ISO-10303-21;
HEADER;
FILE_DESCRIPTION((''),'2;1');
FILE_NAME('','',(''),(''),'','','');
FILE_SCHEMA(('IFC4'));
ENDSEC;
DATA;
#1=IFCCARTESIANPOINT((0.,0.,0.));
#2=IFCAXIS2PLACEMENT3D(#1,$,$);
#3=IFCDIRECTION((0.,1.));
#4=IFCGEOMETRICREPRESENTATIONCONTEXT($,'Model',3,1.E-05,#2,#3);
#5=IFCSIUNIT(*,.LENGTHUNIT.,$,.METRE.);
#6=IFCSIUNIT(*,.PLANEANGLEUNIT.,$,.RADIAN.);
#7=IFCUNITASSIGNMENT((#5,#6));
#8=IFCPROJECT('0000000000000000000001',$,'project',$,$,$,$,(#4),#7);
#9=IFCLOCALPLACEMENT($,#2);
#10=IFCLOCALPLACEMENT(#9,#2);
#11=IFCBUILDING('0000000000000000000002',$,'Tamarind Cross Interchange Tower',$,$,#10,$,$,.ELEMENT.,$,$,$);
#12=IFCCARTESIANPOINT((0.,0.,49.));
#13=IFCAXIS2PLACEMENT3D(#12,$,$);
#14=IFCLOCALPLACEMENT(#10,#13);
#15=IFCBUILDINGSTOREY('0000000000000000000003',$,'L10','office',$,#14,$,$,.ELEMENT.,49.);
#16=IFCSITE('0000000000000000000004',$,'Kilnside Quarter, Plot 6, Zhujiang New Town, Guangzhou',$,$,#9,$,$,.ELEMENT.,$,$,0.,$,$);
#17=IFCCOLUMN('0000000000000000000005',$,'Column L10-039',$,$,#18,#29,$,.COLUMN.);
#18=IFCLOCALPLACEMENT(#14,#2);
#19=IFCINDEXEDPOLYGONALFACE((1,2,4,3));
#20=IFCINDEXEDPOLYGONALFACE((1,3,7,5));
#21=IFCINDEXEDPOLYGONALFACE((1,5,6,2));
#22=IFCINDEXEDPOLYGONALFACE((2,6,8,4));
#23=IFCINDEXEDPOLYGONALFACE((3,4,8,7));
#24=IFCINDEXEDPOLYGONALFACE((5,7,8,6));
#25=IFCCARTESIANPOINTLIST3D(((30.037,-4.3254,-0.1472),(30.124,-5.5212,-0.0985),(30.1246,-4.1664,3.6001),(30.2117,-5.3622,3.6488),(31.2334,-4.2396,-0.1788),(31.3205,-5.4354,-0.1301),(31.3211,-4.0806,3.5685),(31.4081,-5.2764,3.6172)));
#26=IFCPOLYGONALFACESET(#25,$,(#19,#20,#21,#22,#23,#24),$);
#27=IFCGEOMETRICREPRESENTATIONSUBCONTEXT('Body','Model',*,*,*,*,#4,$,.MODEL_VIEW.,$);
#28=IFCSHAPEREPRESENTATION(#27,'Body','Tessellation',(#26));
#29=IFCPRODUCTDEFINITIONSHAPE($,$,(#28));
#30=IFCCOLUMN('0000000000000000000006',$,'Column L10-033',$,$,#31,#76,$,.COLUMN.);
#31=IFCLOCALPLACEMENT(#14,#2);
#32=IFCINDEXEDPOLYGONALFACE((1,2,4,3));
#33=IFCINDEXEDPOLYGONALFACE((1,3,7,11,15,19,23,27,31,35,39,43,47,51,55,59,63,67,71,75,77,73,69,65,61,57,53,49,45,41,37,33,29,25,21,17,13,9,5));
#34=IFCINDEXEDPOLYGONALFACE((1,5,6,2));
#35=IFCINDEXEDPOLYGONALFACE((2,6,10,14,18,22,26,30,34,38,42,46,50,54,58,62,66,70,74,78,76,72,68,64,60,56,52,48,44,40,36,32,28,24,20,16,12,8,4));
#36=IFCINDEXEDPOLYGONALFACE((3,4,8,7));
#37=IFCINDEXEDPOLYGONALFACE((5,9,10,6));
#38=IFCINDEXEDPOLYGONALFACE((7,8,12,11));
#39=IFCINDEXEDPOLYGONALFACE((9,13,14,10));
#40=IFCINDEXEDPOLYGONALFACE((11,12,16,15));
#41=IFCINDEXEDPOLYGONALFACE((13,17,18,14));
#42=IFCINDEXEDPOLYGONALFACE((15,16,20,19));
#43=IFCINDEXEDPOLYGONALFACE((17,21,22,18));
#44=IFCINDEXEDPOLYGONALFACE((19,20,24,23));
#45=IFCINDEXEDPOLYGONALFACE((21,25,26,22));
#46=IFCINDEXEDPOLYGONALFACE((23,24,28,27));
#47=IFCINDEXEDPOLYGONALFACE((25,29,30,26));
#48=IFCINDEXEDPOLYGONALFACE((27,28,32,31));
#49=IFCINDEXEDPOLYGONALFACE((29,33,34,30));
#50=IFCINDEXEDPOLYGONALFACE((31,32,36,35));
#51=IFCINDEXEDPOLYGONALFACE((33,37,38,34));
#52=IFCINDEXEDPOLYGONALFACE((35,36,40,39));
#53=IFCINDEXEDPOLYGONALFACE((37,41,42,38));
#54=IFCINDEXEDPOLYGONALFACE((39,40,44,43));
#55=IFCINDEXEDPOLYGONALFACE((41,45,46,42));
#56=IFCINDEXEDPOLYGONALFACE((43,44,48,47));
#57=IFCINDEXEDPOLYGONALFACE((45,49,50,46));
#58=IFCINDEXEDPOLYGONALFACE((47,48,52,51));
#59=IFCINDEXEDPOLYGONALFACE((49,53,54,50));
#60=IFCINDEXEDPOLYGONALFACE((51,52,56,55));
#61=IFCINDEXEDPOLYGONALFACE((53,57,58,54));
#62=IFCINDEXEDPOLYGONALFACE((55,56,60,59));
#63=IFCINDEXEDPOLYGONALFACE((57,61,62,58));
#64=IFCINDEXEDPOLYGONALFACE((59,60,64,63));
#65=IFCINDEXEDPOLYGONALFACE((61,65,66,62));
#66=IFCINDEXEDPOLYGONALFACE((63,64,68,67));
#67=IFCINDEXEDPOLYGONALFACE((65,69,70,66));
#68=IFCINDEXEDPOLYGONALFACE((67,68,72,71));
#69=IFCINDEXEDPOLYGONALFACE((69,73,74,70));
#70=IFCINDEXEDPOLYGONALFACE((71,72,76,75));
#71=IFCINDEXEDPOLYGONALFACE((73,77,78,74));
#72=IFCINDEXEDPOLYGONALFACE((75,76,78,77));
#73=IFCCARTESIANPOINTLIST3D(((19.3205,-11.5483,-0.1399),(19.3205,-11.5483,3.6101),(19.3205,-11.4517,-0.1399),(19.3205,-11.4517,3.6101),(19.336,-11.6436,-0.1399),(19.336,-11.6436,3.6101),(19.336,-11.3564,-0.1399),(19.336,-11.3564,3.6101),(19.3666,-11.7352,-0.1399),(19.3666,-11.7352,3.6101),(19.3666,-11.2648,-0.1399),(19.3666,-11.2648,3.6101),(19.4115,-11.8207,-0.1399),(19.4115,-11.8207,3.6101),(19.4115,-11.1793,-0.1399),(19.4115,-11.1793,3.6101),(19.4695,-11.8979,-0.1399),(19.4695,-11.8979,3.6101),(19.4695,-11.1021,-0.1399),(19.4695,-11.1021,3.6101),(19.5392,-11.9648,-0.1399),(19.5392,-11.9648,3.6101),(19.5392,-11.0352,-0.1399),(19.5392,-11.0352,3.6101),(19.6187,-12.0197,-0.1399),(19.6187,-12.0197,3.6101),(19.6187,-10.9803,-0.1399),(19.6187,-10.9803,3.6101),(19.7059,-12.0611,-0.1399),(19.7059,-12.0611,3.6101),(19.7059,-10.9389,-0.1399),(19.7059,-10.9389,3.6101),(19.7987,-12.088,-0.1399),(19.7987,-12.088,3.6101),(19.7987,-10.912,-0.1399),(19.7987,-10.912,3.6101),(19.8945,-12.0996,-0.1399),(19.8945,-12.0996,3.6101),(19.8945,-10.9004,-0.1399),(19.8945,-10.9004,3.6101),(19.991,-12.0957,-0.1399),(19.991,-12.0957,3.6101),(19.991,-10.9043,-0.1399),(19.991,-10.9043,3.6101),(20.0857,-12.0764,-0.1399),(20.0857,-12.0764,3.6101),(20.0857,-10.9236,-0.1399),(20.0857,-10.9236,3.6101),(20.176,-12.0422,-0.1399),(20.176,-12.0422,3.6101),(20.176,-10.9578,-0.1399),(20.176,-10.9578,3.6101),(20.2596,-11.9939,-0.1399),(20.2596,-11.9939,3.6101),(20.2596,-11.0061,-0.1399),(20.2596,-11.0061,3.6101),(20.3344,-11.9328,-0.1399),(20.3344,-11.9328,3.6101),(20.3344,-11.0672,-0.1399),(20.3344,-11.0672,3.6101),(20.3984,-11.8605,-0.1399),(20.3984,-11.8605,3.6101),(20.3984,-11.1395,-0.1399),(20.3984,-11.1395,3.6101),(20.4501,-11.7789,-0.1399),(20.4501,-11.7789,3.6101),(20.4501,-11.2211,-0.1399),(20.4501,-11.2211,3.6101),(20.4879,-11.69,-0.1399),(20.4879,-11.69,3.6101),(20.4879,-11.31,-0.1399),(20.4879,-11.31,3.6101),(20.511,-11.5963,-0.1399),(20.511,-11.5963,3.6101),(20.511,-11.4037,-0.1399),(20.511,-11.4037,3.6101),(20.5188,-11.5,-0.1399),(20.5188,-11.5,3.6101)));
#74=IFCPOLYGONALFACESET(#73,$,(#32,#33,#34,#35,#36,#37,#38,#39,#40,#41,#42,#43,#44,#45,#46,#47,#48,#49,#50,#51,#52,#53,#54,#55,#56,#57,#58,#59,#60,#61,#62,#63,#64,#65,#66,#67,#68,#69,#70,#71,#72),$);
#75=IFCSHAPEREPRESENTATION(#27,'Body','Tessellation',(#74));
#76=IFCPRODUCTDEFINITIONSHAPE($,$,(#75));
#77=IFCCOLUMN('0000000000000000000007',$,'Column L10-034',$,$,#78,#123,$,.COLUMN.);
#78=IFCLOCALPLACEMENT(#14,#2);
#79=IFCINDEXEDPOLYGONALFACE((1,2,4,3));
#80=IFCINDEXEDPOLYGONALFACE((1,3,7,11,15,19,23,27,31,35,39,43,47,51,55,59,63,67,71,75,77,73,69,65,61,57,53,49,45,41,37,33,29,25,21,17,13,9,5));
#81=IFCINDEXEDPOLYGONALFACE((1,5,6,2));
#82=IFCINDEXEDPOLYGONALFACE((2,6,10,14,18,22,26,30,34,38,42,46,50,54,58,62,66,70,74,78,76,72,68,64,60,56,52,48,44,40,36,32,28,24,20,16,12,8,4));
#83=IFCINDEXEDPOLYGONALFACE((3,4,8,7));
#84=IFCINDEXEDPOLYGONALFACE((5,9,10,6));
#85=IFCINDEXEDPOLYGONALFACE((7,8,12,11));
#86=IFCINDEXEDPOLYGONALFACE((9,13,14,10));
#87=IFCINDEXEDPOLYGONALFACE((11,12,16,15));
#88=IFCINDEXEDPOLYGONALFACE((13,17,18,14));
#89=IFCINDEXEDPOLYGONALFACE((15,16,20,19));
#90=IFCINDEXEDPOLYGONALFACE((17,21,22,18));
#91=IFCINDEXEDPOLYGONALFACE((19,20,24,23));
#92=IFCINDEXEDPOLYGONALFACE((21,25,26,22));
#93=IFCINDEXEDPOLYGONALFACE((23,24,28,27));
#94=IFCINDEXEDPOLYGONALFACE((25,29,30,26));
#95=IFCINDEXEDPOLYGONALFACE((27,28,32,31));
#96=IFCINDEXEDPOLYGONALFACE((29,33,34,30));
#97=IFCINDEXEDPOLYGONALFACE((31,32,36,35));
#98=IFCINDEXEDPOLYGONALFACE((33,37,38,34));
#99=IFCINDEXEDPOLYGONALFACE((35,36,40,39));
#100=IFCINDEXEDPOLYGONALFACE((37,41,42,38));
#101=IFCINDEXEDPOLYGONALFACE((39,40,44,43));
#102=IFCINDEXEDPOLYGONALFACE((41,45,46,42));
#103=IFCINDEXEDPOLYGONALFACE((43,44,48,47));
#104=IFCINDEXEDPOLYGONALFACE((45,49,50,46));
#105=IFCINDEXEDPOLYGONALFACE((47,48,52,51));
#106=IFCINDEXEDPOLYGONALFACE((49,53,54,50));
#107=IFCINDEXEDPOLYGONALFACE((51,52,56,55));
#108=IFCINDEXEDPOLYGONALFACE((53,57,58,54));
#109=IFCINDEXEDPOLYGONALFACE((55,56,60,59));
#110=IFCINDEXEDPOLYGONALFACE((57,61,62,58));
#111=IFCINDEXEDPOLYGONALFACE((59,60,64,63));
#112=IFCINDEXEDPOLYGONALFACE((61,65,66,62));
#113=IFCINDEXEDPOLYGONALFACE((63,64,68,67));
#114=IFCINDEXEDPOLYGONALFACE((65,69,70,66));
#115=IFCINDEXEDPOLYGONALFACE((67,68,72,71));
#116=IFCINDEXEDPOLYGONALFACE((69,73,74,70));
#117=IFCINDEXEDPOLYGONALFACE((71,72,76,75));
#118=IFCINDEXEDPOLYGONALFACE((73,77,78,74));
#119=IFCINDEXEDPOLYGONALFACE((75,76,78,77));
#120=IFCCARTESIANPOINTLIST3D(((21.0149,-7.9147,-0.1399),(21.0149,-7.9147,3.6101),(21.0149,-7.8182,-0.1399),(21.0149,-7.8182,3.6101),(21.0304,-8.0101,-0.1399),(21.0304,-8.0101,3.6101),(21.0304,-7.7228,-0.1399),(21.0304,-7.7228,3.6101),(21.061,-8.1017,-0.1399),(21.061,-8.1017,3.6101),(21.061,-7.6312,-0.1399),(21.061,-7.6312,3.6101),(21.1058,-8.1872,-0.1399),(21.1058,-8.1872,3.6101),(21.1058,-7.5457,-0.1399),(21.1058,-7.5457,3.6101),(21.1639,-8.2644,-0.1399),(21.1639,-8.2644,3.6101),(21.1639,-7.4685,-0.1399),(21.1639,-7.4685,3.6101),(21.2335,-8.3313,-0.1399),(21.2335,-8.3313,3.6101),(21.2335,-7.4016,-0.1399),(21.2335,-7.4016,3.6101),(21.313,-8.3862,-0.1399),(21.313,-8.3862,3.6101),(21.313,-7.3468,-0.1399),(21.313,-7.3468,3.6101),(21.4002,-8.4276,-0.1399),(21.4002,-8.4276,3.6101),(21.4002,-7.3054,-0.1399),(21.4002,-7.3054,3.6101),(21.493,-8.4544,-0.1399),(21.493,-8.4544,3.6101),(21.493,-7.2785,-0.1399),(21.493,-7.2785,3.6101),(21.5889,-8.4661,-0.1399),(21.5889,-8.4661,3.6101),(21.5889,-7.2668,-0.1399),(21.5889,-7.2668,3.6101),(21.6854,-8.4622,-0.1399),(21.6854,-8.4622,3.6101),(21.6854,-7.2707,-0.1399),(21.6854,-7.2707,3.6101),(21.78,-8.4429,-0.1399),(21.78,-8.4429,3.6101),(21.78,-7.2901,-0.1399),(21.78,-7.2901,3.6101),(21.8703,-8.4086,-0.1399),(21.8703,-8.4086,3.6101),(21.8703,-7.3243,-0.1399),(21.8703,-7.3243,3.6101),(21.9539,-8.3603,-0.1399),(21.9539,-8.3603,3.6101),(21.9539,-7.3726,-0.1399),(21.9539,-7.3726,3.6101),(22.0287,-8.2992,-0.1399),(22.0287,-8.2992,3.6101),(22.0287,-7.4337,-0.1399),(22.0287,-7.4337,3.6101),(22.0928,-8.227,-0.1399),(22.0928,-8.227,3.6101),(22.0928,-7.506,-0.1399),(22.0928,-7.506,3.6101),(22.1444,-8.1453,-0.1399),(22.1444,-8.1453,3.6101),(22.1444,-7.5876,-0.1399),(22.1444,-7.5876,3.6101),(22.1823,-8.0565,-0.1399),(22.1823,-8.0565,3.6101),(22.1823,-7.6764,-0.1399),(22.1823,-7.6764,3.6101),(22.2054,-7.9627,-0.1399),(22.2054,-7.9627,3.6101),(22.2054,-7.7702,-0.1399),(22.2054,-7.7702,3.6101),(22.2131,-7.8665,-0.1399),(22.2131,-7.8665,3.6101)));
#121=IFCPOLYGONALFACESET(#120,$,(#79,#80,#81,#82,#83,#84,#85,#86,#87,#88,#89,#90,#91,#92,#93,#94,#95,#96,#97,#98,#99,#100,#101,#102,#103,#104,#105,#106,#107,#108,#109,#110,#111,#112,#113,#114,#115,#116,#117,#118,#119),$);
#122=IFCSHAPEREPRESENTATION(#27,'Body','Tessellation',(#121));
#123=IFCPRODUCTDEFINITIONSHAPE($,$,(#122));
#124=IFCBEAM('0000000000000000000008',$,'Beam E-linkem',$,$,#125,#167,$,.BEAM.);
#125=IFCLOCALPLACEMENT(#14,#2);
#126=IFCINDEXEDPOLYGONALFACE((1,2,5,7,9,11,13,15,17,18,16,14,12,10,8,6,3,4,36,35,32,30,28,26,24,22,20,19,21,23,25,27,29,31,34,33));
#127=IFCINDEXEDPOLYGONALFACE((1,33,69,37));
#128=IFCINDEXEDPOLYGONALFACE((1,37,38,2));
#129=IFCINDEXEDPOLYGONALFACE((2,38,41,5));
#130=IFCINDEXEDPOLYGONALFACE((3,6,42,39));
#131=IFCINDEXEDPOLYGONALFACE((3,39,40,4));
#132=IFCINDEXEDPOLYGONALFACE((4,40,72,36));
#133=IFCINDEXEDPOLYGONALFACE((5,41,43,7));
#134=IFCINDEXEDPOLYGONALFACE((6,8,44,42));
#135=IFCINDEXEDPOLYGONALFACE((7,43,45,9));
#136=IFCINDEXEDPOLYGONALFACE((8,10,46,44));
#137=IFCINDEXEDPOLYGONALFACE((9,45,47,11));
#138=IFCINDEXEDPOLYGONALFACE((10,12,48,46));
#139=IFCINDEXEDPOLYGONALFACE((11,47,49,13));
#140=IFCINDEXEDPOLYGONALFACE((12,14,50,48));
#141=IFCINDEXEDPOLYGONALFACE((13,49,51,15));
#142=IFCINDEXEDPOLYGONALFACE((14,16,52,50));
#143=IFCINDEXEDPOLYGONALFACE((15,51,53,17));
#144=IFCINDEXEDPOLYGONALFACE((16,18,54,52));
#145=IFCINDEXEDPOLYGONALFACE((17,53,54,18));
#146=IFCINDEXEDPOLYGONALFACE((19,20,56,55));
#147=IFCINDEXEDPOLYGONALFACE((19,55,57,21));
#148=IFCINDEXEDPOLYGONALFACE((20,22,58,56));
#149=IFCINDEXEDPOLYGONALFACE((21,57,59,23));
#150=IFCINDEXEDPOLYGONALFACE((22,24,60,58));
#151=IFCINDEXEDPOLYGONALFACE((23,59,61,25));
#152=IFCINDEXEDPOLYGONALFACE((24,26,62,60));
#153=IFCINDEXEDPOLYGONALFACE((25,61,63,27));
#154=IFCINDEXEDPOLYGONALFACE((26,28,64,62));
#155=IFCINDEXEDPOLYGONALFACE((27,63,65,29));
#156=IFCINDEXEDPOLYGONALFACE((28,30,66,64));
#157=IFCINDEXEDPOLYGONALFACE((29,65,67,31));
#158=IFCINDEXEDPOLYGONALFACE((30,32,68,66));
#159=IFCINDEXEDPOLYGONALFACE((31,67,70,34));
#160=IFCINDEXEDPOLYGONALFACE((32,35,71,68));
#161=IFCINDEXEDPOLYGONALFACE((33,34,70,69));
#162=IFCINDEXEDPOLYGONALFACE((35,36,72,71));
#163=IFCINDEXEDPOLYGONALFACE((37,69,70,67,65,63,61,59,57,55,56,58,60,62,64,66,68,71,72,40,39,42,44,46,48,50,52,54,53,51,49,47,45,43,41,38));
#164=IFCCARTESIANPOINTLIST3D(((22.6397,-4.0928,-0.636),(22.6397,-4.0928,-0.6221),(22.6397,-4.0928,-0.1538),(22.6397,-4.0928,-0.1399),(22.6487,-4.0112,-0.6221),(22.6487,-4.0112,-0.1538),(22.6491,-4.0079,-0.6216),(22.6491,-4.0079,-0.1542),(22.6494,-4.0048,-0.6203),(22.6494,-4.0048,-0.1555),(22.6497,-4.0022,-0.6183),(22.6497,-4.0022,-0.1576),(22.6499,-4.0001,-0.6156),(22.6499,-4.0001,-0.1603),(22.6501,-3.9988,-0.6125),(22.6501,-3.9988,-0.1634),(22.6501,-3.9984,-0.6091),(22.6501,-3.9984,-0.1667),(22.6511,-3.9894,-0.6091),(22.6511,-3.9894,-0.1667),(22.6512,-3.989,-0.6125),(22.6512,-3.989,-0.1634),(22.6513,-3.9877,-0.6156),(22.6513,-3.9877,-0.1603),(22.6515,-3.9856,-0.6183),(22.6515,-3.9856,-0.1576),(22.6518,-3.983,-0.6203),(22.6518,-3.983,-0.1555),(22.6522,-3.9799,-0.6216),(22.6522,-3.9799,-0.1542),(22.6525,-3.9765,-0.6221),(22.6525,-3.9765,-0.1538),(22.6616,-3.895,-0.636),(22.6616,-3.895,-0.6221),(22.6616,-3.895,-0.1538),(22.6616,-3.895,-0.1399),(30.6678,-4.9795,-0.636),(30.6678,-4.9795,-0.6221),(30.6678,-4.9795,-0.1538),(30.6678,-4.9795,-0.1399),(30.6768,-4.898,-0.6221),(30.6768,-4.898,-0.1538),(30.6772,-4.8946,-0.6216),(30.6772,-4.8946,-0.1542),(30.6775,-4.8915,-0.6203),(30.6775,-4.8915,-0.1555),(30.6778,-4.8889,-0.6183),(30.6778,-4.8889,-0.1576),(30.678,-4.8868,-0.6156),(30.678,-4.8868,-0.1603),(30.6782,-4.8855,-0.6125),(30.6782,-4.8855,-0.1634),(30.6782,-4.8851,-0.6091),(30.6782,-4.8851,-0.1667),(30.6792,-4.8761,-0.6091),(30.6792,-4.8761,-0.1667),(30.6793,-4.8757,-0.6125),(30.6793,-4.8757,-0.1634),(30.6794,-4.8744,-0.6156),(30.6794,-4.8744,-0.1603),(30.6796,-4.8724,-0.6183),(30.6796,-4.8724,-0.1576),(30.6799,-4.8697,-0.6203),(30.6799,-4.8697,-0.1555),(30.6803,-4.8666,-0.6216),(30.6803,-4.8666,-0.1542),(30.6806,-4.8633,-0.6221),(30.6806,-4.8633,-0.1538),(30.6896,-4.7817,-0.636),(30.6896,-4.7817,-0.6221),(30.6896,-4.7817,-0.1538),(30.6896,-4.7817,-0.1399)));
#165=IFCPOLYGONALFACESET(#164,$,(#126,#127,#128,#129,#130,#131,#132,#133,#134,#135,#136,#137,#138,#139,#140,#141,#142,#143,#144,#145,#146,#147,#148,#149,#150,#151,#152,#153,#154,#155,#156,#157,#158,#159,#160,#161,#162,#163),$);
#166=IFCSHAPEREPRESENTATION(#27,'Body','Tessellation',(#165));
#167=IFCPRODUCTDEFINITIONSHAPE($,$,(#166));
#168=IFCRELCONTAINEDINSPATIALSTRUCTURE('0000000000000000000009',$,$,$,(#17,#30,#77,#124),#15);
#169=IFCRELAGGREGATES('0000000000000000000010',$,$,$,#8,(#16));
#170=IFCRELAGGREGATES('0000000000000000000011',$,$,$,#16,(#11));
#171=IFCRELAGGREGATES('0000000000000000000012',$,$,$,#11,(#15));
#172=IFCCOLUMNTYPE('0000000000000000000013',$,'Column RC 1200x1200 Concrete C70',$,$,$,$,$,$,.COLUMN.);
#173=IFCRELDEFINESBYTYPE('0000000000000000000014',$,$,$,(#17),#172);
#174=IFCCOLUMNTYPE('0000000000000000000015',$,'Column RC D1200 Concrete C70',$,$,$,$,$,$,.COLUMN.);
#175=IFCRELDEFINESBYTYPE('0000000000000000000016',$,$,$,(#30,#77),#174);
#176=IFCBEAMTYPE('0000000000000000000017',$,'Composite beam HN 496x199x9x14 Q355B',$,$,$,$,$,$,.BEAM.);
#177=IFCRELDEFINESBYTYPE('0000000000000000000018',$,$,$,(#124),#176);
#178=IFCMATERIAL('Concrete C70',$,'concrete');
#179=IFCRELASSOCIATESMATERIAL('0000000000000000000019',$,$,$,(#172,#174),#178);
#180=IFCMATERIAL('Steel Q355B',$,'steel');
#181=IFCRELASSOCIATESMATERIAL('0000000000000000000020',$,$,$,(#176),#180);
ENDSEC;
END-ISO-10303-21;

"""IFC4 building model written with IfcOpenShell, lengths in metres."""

from ifc_helpers import new_model, si_unit, direction, frame, origin, origin_2d, place, context, subcontext, project, spatial, rectangle, circle, i_section, extrude, material, material_profile, profile_set, type_object, element, save


model = new_model("IFC4")

# Units and contexts
model_context = context("Model", 3, precision=1e-05, world=origin(), true_north=direction((0.0, 1.0)))
body_context = subcontext(model_context, "Body", "Model", "MODEL_VIEW")
ifc_project = project(units=[si_unit("LENGTHUNIT", "METRE"), si_unit("PLANEANGLEUNIT", "RADIAN")], contexts=[model_context])

# Site, building, storey
site_placement = place(None, origin())
site = spatial("IfcSite", under=ifc_project, at=site_placement, Name="Kilnside Quarter, Plot 6, Zhujiang New Town, Guangzhou", CompositionType="ELEMENT", RefElevation=0.0)
building_placement = place(site_placement, origin())
building = spatial("IfcBuilding", under=site, at=building_placement, Name="Tamarind Cross Interchange Tower", CompositionType="ELEMENT")
storey_placement = place(building_placement, frame((0.0, 0.0, 49.0)))
storey = spatial("IfcBuildingStorey", under=building, at=storey_placement, Name="L10", Description="office", CompositionType="ELEMENT", Elevation=49.0)

# Columns
ifc_material_1 = material(Name="Concrete C70", Category="concrete")
ifc_material_profile_1 = material_profile(ifc_material_1, rectangle(XDim=1.2, YDim=1.2, at=origin_2d()), Name="RC 1200x1200")
ifc_profile_set_1 = profile_set([ifc_material_profile_1], Name="Concrete C70")
column_type_1 = type_object("IfcColumnType", Name="Column RC 1200x1200 Concrete C70", PredefinedType="COLUMN", material=ifc_profile_set_1)
column_placement = place(storey_placement, frame((30.6787, -4.8804, -0.1387), z_axis=(0.023362, 0.042364, 0.998829), x_axis=(-0.997091, -0.071515, 0.026354)))
element("IfcColumn", 1, at=column_placement, inside=storey, type_object=column_type_1, Name="Column L10-039", PredefinedType="COLUMN", context=body_context, shape_type="SweptSolid", body=[
    extrude(rectangle(XDim=1.2, YDim=1.2, at=origin_2d()), origin(), (0.0, 0.0, 1.0), 3.7517),
])
ifc_material_profile_2 = material_profile(ifc_material_1, circle(Radius=0.6001, at=origin_2d()), Name="RC D1200")
ifc_profile_set_2 = profile_set([ifc_material_profile_2], Name="Concrete C70")
column_type_2 = type_object("IfcColumnType", Name="Column RC D1200 Concrete C70", PredefinedType="COLUMN", material=ifc_profile_set_2)
for number, where, z_axis, x_axis, name in (
    (2, (19.9187, -11.5, -0.1399), (0.0, 0.0, 1.0), (1.0, 0.0, 0.0), "Column L10-033"),
    (3, (21.613, -7.8665, -0.1399), (0.0, 0.0, 1.0), (1.0, 0.0, 0.0), "Column L10-034"),
):
    element("IfcColumn", number, at=place(storey_placement, frame(where, z_axis=z_axis, x_axis=x_axis)), inside=storey, type_object=column_type_2, Name=name, PredefinedType="COLUMN", context=body_context, shape_type="SweptSolid", body=[
        extrude(circle(Radius=0.6001, at=origin_2d()), origin(), (0.0, 0.0, 1.0), 3.75),
    ])

# Beam
ifc_material_2 = material(Name="Steel Q355B", Category="steel")
ifc_material_profile_3 = material_profile(ifc_material_2, i_section(OverallWidth=0.199, OverallDepth=0.4961, WebThickness=0.009, FlangeThickness=0.0139, FilletRadius=0.0129, at=origin_2d()), Name="HN 496x199x9x14")
ifc_profile_set_3 = profile_set([ifc_material_profile_3], Name="Steel Q355B")
beam_type_1 = type_object("IfcBeamType", Name="Composite beam HN 496x199x9x14 Q355B", PredefinedType="BEAM", material=ifc_profile_set_3)
beam_1_placement = place(storey_placement, frame((30.6787, -4.8806, -0.3879), z_axis=(-0.993955, 0.109785, 0.0), x_axis=(-0.109785, -0.993955, 0.0)))
element("IfcBeam", 4, at=beam_1_placement, inside=storey, type_object=beam_type_1, Name="Beam E-linkem", PredefinedType="BEAM", context=body_context, shape_type="SweptSolid", body=[
    extrude(i_section(OverallWidth=0.199, OverallDepth=0.4961, WebThickness=0.009, FlangeThickness=0.0139, FilletRadius=0.0129, at=origin_2d()), origin(), (0.0, 0.0, 1.0), 8.0769),
])

save(model, "model.ifc")
